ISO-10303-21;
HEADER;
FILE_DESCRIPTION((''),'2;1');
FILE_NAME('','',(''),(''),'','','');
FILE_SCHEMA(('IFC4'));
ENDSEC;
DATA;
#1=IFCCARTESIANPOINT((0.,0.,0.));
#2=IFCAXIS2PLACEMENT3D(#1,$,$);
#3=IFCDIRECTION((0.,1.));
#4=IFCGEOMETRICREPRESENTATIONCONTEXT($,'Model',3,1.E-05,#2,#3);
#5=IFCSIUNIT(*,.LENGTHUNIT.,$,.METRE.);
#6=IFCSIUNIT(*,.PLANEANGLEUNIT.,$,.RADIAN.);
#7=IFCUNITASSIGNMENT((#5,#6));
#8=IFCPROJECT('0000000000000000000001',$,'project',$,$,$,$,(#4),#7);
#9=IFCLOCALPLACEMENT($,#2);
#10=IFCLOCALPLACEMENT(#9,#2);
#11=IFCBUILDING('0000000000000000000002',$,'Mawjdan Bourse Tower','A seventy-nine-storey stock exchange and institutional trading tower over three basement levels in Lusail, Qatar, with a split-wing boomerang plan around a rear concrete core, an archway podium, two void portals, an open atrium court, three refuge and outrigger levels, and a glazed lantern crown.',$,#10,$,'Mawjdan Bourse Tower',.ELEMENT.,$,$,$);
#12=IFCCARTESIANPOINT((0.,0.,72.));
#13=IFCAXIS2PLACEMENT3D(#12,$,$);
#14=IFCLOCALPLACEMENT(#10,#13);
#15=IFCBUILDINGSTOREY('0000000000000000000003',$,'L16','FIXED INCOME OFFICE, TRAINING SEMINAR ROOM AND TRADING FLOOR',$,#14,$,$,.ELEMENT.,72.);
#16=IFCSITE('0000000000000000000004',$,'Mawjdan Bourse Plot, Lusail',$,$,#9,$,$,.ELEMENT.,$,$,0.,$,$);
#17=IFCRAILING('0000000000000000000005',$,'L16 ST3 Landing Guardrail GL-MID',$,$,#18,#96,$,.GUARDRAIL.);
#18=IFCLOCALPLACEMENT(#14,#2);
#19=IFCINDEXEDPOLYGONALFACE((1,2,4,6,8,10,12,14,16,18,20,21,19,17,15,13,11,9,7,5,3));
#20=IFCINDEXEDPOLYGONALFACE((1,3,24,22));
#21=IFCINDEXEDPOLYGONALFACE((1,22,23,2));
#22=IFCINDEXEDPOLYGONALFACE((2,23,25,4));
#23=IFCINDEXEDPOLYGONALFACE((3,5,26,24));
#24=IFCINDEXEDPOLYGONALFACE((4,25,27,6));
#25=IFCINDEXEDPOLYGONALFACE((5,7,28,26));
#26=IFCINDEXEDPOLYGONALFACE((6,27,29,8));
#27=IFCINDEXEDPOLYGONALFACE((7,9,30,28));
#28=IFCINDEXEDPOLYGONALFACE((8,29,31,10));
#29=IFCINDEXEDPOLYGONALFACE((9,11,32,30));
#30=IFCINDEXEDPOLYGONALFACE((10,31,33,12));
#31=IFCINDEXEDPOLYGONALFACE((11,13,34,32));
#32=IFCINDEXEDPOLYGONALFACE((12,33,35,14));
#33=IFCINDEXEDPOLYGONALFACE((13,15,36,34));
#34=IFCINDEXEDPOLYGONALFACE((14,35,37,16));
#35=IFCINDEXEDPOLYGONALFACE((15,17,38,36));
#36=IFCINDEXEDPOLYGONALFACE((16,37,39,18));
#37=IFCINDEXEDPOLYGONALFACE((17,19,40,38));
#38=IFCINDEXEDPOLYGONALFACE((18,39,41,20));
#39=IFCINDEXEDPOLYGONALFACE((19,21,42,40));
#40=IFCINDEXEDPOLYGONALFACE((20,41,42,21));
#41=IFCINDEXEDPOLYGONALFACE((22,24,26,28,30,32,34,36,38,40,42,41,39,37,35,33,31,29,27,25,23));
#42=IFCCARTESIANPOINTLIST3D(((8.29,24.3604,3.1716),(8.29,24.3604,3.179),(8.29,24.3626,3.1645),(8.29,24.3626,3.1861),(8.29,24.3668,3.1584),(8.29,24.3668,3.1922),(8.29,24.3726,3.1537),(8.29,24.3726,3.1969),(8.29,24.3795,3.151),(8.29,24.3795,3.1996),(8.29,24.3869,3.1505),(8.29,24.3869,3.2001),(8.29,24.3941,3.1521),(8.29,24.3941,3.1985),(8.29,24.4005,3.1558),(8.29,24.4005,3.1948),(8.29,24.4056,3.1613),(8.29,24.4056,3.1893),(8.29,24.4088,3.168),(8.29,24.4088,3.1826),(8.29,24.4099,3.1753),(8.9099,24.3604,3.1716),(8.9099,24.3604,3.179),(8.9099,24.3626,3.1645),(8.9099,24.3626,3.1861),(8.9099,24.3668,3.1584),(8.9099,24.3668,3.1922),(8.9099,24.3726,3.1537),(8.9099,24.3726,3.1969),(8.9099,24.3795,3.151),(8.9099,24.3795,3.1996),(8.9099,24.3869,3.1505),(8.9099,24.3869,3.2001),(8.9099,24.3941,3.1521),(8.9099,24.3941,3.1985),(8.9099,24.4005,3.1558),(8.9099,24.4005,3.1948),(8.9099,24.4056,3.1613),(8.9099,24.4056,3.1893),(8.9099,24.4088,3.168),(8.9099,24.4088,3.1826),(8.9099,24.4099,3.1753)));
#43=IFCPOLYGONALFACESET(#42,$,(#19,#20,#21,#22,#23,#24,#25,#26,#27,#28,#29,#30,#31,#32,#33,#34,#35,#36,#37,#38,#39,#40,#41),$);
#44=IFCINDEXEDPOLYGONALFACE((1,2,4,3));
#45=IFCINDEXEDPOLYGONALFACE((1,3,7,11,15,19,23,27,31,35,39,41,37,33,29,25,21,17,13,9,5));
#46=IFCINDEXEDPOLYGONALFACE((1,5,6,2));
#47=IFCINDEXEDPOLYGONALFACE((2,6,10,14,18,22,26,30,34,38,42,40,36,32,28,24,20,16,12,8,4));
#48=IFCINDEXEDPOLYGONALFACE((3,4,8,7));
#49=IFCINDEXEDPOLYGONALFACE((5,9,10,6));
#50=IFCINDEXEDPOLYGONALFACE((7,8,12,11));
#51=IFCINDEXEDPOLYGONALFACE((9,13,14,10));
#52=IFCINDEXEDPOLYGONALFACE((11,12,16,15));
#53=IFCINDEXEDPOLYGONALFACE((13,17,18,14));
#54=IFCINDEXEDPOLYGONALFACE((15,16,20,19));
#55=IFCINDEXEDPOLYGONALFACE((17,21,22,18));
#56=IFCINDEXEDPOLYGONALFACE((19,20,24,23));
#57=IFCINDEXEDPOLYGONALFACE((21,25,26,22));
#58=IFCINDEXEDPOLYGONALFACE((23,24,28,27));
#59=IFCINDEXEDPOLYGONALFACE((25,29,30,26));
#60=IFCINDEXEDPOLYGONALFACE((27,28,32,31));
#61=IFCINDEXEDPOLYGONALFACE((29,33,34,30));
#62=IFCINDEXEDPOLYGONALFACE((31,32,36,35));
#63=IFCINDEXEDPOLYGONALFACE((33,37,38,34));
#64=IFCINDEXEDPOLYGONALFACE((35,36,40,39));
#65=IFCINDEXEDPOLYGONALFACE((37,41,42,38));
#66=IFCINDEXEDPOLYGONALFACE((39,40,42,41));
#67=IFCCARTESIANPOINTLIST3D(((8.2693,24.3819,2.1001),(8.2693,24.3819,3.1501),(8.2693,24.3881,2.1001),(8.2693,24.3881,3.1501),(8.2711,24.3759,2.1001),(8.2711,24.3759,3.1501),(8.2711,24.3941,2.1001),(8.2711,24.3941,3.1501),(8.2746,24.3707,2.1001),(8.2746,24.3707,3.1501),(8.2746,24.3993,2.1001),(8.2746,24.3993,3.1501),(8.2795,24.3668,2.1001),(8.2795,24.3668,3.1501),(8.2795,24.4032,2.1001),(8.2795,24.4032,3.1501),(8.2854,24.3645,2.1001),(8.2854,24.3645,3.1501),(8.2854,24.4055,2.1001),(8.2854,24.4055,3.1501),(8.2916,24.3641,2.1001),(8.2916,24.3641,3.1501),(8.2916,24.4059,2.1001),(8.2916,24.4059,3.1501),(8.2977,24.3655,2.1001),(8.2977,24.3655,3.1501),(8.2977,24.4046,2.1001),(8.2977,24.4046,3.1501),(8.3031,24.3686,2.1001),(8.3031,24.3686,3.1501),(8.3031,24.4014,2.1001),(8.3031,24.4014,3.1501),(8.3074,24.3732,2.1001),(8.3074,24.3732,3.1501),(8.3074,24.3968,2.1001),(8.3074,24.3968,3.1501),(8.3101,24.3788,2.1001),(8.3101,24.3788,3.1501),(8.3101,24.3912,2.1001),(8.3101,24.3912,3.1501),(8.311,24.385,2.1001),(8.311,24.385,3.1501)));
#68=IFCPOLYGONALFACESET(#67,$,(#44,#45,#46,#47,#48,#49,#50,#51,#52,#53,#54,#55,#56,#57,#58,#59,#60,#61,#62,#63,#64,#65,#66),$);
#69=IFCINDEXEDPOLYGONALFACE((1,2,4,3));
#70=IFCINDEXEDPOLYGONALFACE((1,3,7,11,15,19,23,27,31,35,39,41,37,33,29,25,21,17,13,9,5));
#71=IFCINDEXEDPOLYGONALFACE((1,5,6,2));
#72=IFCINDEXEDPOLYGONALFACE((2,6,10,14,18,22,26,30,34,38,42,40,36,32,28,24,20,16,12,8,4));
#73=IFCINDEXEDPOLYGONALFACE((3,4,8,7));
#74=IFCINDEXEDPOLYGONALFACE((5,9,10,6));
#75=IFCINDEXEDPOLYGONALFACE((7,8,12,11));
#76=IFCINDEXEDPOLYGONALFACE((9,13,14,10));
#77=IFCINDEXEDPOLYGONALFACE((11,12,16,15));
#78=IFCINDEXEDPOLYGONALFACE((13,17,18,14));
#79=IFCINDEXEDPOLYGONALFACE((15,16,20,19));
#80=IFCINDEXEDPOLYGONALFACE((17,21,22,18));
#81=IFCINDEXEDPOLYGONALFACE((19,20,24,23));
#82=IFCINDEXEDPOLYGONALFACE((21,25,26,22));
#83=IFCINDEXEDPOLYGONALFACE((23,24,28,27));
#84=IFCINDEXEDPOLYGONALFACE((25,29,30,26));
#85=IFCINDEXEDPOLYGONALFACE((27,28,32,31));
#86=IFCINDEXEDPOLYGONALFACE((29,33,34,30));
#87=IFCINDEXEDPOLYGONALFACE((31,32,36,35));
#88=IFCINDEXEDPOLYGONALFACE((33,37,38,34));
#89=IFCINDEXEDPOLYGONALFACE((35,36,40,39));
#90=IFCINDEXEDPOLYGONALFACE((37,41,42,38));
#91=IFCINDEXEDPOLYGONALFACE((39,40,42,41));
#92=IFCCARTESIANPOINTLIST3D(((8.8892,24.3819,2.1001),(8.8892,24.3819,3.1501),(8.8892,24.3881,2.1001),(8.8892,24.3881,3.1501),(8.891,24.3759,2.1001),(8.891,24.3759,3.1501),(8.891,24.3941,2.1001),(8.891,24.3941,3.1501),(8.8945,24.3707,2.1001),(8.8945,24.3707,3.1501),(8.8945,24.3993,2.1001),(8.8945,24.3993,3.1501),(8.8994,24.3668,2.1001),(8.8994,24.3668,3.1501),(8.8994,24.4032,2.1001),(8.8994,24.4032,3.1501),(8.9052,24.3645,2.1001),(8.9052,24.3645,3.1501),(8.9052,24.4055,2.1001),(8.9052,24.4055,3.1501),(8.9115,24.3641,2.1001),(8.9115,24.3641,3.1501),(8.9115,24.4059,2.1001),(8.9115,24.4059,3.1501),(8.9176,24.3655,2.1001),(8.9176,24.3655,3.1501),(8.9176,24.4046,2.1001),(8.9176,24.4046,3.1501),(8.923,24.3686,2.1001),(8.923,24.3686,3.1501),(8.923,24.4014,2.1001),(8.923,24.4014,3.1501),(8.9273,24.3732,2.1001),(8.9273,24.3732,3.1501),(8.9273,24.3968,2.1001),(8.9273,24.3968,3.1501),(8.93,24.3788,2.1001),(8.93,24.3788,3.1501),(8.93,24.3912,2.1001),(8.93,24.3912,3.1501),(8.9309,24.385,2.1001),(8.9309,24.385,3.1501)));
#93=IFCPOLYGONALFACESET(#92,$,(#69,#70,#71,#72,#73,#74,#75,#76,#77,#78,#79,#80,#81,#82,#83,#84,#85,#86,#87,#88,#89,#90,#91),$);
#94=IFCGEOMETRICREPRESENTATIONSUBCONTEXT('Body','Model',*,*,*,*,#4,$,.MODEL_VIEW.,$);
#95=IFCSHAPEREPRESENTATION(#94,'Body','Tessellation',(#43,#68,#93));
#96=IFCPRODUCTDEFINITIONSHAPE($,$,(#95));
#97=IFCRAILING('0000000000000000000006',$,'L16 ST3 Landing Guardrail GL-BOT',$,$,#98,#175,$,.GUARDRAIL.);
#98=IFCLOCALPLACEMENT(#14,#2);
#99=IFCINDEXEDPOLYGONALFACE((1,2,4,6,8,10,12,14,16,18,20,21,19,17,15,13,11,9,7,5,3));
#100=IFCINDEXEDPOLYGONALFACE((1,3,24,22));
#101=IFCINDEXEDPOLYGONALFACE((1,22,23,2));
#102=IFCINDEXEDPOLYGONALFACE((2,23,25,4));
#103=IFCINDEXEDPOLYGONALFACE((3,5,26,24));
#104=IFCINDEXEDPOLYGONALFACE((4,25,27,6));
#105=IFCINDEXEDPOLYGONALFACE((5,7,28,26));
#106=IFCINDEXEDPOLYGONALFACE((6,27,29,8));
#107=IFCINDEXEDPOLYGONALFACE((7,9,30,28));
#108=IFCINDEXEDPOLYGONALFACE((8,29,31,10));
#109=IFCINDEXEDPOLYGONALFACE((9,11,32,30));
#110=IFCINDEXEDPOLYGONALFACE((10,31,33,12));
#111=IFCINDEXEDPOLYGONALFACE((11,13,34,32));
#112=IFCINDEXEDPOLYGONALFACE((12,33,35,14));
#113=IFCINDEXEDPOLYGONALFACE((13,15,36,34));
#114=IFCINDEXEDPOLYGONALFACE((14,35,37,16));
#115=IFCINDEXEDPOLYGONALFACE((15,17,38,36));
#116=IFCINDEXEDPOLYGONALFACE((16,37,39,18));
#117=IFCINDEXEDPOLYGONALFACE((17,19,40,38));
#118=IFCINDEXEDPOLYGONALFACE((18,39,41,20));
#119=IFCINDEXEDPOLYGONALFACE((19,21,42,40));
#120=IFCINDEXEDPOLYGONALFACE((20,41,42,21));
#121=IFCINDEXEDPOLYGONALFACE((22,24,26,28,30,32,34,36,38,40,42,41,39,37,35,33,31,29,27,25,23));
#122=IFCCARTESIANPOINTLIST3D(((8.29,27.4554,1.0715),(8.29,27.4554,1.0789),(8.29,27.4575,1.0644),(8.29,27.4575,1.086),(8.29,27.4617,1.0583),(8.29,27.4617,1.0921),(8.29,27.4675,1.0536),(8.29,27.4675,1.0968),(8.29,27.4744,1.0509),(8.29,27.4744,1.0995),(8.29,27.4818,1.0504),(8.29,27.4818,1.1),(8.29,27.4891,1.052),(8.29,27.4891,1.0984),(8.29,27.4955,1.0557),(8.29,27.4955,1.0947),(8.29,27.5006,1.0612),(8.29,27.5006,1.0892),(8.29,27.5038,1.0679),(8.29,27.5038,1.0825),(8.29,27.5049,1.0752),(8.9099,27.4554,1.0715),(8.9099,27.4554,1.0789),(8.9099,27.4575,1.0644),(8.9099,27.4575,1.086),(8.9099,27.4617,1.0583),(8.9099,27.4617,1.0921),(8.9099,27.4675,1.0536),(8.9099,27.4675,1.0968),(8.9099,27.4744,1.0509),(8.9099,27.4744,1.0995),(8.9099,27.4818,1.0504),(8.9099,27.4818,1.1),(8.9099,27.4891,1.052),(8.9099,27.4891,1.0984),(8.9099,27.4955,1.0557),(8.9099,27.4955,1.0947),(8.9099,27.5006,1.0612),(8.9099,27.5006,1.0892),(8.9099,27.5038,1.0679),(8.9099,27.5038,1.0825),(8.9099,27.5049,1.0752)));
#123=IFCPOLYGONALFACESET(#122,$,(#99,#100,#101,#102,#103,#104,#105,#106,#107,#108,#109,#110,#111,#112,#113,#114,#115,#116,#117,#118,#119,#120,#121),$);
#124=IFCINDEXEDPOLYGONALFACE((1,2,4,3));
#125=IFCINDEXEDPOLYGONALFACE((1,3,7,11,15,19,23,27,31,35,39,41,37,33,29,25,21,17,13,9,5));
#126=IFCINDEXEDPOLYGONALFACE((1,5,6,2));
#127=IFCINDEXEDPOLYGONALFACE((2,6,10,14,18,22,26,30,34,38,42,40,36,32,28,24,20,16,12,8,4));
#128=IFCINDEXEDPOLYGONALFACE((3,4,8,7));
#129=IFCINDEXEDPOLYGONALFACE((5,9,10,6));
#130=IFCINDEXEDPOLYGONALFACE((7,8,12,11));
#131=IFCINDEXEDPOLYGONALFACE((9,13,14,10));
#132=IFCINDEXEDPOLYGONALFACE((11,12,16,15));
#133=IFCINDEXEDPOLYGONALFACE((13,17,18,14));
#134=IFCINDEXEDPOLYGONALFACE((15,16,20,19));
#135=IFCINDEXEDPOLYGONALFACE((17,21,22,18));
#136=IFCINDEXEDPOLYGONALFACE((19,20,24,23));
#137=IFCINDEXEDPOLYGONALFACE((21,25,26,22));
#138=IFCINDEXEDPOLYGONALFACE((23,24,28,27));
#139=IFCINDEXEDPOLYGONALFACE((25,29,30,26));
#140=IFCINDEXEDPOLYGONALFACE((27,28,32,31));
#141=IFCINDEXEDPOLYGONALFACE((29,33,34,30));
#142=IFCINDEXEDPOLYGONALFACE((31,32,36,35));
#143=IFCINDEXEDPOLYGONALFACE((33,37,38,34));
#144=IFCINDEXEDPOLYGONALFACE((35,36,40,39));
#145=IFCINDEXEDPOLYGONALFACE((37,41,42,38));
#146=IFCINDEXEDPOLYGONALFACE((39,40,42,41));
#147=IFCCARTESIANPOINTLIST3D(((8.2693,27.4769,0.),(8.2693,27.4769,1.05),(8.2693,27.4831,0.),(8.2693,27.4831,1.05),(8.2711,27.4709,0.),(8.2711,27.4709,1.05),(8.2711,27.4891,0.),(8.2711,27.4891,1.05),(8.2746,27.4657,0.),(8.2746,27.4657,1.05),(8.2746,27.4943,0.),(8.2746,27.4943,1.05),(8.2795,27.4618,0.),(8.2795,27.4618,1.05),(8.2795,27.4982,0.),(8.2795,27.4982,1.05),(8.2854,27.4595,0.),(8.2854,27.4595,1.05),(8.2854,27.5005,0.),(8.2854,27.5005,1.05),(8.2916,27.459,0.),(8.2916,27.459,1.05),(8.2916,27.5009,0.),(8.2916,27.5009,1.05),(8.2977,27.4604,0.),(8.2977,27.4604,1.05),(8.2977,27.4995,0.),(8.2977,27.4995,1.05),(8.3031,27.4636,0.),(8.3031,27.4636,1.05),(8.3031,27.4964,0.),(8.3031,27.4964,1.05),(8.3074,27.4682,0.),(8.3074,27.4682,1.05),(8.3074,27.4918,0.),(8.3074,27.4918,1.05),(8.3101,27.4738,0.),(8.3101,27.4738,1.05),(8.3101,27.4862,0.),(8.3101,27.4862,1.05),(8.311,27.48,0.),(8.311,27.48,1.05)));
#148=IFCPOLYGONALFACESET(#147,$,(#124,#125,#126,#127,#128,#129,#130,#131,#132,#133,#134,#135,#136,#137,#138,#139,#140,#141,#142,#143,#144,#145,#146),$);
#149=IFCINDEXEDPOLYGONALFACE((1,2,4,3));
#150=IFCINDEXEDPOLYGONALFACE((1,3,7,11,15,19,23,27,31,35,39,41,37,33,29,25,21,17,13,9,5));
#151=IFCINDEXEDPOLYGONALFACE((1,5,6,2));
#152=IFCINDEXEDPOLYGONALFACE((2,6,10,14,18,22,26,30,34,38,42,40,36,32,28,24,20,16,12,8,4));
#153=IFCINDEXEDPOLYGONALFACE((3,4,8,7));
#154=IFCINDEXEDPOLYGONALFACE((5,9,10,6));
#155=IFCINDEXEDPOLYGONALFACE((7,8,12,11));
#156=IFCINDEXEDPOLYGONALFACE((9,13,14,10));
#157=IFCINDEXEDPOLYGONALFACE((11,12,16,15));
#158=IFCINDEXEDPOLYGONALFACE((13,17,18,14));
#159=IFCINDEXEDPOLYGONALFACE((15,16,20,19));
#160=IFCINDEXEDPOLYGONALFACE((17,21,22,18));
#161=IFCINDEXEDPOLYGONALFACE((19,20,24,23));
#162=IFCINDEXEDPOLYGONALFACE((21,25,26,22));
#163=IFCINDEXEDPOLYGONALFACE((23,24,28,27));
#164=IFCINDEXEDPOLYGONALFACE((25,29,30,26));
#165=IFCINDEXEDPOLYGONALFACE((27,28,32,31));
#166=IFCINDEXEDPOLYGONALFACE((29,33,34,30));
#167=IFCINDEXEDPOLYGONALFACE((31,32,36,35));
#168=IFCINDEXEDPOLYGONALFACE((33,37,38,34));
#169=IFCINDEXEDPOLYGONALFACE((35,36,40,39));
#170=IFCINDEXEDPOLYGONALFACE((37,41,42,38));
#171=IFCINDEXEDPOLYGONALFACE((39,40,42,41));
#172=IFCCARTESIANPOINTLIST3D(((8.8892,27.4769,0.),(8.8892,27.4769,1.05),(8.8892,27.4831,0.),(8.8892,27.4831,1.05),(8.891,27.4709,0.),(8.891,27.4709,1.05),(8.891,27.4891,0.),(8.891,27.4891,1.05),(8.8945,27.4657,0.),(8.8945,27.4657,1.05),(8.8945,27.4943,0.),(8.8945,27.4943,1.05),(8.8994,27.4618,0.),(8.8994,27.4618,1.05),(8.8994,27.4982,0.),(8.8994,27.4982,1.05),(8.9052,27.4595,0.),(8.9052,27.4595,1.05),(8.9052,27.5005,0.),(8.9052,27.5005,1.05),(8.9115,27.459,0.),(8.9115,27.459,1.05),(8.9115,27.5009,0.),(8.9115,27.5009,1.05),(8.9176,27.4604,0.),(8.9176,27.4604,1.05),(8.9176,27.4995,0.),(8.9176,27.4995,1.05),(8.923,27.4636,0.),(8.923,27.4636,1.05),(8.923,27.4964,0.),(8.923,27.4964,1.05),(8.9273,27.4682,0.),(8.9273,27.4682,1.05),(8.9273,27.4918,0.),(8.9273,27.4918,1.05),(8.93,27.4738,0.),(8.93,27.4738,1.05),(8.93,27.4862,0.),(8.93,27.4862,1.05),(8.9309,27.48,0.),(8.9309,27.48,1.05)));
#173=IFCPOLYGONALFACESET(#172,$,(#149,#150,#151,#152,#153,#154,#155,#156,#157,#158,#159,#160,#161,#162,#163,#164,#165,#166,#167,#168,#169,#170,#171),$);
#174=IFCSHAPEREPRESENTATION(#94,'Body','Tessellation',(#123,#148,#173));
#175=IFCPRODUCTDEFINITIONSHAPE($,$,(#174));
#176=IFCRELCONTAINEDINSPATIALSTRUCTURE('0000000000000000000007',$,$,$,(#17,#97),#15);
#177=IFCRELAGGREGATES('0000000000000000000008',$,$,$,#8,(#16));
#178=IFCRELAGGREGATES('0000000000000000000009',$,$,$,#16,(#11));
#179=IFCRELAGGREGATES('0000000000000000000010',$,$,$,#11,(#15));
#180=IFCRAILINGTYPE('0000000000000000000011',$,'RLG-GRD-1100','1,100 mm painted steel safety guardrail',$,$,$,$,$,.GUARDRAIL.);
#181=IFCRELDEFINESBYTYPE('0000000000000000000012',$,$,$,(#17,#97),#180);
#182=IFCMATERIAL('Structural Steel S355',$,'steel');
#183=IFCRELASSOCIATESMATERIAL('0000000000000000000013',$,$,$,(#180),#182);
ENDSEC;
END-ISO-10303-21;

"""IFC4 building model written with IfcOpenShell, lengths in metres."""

from ifc_helpers import new_model, si_unit, direction, frame, origin, origin_2d, place, context, subcontext, project, spatial, circle, extrude, material, type_object, element, save


model = new_model("IFC4")

# Units and contexts
model_context = context("Model", 3, precision=1e-05, world=origin(), true_north=direction((0.0, 1.0)))
body_context = subcontext(model_context, "Body", "Model", "MODEL_VIEW")
ifc_project = project(units=[si_unit("LENGTHUNIT", "METRE"), si_unit("PLANEANGLEUNIT", "RADIAN")], contexts=[model_context])

# Site, building, storey
site_placement = place(None, origin())
site = spatial("IfcSite", under=ifc_project, at=site_placement, Name="Mawjdan Bourse Plot, Lusail", CompositionType="ELEMENT", RefElevation=0.0)
building_placement = place(site_placement, origin())
building = spatial("IfcBuilding", under=site, at=building_placement, Name="Mawjdan Bourse Tower", Description="A seventy-nine-storey stock exchange and institutional trading tower over three basement levels in Lusail, Qatar, with a split-wing boomerang plan around a rear concrete core, an archway podium, two void portals, an open atrium court, three refuge and outrigger levels, and a glazed lantern crown.", LongName="Mawjdan Bourse Tower", CompositionType="ELEMENT")
storey_placement = place(building_placement, frame((0.0, 0.0, 72.0)))
storey = spatial("IfcBuildingStorey", under=building, at=storey_placement, Name="L16", Description="FIXED INCOME OFFICE, TRAINING SEMINAR ROOM AND TRADING FLOOR", CompositionType="ELEMENT", Elevation=72.0)

# Shared definitions
ifc_material_1 = material(Name="Structural Steel S355", Category="steel")

# Railings
railing_type_1 = type_object("IfcRailingType", Name="RLG-GRD-1100", Description="1,100 mm painted steel safety guardrail", PredefinedType="GUARDRAIL", material=ifc_material_1)
for number, where, name in (
    (1, (8.29, 24.385, 2.1001), "L16 ST3 Landing Guardrail GL-MID"),
    (2, (8.29, 27.48, 0.0), "L16 ST3 Landing Guardrail GL-BOT"),
):
    element("IfcRailing", number, at=place(storey_placement, frame(where)), inside=storey, type_object=railing_type_1, Name=name, PredefinedType="GUARDRAIL", context=body_context, shape_type="SweptSolid", body=[
        extrude(circle(Radius=0.0249, at=origin_2d()), frame((0.0, 0.0, 1.0752), z_axis=(1.0, 0.0, 0.0), x_axis=(0.0, 1.0, 0.0)), (0.0, 0.0, 1.0), 0.6199),
        extrude(circle(Radius=0.021, at=origin_2d()), origin(), (0.0, 0.0, 1.0), 1.05),
        extrude(circle(Radius=0.021, at=origin_2d()), frame((0.6199, 0.0, 0.0)), (0.0, 0.0, 1.0), 1.05),
    ])

save(model, "model.ifc")
